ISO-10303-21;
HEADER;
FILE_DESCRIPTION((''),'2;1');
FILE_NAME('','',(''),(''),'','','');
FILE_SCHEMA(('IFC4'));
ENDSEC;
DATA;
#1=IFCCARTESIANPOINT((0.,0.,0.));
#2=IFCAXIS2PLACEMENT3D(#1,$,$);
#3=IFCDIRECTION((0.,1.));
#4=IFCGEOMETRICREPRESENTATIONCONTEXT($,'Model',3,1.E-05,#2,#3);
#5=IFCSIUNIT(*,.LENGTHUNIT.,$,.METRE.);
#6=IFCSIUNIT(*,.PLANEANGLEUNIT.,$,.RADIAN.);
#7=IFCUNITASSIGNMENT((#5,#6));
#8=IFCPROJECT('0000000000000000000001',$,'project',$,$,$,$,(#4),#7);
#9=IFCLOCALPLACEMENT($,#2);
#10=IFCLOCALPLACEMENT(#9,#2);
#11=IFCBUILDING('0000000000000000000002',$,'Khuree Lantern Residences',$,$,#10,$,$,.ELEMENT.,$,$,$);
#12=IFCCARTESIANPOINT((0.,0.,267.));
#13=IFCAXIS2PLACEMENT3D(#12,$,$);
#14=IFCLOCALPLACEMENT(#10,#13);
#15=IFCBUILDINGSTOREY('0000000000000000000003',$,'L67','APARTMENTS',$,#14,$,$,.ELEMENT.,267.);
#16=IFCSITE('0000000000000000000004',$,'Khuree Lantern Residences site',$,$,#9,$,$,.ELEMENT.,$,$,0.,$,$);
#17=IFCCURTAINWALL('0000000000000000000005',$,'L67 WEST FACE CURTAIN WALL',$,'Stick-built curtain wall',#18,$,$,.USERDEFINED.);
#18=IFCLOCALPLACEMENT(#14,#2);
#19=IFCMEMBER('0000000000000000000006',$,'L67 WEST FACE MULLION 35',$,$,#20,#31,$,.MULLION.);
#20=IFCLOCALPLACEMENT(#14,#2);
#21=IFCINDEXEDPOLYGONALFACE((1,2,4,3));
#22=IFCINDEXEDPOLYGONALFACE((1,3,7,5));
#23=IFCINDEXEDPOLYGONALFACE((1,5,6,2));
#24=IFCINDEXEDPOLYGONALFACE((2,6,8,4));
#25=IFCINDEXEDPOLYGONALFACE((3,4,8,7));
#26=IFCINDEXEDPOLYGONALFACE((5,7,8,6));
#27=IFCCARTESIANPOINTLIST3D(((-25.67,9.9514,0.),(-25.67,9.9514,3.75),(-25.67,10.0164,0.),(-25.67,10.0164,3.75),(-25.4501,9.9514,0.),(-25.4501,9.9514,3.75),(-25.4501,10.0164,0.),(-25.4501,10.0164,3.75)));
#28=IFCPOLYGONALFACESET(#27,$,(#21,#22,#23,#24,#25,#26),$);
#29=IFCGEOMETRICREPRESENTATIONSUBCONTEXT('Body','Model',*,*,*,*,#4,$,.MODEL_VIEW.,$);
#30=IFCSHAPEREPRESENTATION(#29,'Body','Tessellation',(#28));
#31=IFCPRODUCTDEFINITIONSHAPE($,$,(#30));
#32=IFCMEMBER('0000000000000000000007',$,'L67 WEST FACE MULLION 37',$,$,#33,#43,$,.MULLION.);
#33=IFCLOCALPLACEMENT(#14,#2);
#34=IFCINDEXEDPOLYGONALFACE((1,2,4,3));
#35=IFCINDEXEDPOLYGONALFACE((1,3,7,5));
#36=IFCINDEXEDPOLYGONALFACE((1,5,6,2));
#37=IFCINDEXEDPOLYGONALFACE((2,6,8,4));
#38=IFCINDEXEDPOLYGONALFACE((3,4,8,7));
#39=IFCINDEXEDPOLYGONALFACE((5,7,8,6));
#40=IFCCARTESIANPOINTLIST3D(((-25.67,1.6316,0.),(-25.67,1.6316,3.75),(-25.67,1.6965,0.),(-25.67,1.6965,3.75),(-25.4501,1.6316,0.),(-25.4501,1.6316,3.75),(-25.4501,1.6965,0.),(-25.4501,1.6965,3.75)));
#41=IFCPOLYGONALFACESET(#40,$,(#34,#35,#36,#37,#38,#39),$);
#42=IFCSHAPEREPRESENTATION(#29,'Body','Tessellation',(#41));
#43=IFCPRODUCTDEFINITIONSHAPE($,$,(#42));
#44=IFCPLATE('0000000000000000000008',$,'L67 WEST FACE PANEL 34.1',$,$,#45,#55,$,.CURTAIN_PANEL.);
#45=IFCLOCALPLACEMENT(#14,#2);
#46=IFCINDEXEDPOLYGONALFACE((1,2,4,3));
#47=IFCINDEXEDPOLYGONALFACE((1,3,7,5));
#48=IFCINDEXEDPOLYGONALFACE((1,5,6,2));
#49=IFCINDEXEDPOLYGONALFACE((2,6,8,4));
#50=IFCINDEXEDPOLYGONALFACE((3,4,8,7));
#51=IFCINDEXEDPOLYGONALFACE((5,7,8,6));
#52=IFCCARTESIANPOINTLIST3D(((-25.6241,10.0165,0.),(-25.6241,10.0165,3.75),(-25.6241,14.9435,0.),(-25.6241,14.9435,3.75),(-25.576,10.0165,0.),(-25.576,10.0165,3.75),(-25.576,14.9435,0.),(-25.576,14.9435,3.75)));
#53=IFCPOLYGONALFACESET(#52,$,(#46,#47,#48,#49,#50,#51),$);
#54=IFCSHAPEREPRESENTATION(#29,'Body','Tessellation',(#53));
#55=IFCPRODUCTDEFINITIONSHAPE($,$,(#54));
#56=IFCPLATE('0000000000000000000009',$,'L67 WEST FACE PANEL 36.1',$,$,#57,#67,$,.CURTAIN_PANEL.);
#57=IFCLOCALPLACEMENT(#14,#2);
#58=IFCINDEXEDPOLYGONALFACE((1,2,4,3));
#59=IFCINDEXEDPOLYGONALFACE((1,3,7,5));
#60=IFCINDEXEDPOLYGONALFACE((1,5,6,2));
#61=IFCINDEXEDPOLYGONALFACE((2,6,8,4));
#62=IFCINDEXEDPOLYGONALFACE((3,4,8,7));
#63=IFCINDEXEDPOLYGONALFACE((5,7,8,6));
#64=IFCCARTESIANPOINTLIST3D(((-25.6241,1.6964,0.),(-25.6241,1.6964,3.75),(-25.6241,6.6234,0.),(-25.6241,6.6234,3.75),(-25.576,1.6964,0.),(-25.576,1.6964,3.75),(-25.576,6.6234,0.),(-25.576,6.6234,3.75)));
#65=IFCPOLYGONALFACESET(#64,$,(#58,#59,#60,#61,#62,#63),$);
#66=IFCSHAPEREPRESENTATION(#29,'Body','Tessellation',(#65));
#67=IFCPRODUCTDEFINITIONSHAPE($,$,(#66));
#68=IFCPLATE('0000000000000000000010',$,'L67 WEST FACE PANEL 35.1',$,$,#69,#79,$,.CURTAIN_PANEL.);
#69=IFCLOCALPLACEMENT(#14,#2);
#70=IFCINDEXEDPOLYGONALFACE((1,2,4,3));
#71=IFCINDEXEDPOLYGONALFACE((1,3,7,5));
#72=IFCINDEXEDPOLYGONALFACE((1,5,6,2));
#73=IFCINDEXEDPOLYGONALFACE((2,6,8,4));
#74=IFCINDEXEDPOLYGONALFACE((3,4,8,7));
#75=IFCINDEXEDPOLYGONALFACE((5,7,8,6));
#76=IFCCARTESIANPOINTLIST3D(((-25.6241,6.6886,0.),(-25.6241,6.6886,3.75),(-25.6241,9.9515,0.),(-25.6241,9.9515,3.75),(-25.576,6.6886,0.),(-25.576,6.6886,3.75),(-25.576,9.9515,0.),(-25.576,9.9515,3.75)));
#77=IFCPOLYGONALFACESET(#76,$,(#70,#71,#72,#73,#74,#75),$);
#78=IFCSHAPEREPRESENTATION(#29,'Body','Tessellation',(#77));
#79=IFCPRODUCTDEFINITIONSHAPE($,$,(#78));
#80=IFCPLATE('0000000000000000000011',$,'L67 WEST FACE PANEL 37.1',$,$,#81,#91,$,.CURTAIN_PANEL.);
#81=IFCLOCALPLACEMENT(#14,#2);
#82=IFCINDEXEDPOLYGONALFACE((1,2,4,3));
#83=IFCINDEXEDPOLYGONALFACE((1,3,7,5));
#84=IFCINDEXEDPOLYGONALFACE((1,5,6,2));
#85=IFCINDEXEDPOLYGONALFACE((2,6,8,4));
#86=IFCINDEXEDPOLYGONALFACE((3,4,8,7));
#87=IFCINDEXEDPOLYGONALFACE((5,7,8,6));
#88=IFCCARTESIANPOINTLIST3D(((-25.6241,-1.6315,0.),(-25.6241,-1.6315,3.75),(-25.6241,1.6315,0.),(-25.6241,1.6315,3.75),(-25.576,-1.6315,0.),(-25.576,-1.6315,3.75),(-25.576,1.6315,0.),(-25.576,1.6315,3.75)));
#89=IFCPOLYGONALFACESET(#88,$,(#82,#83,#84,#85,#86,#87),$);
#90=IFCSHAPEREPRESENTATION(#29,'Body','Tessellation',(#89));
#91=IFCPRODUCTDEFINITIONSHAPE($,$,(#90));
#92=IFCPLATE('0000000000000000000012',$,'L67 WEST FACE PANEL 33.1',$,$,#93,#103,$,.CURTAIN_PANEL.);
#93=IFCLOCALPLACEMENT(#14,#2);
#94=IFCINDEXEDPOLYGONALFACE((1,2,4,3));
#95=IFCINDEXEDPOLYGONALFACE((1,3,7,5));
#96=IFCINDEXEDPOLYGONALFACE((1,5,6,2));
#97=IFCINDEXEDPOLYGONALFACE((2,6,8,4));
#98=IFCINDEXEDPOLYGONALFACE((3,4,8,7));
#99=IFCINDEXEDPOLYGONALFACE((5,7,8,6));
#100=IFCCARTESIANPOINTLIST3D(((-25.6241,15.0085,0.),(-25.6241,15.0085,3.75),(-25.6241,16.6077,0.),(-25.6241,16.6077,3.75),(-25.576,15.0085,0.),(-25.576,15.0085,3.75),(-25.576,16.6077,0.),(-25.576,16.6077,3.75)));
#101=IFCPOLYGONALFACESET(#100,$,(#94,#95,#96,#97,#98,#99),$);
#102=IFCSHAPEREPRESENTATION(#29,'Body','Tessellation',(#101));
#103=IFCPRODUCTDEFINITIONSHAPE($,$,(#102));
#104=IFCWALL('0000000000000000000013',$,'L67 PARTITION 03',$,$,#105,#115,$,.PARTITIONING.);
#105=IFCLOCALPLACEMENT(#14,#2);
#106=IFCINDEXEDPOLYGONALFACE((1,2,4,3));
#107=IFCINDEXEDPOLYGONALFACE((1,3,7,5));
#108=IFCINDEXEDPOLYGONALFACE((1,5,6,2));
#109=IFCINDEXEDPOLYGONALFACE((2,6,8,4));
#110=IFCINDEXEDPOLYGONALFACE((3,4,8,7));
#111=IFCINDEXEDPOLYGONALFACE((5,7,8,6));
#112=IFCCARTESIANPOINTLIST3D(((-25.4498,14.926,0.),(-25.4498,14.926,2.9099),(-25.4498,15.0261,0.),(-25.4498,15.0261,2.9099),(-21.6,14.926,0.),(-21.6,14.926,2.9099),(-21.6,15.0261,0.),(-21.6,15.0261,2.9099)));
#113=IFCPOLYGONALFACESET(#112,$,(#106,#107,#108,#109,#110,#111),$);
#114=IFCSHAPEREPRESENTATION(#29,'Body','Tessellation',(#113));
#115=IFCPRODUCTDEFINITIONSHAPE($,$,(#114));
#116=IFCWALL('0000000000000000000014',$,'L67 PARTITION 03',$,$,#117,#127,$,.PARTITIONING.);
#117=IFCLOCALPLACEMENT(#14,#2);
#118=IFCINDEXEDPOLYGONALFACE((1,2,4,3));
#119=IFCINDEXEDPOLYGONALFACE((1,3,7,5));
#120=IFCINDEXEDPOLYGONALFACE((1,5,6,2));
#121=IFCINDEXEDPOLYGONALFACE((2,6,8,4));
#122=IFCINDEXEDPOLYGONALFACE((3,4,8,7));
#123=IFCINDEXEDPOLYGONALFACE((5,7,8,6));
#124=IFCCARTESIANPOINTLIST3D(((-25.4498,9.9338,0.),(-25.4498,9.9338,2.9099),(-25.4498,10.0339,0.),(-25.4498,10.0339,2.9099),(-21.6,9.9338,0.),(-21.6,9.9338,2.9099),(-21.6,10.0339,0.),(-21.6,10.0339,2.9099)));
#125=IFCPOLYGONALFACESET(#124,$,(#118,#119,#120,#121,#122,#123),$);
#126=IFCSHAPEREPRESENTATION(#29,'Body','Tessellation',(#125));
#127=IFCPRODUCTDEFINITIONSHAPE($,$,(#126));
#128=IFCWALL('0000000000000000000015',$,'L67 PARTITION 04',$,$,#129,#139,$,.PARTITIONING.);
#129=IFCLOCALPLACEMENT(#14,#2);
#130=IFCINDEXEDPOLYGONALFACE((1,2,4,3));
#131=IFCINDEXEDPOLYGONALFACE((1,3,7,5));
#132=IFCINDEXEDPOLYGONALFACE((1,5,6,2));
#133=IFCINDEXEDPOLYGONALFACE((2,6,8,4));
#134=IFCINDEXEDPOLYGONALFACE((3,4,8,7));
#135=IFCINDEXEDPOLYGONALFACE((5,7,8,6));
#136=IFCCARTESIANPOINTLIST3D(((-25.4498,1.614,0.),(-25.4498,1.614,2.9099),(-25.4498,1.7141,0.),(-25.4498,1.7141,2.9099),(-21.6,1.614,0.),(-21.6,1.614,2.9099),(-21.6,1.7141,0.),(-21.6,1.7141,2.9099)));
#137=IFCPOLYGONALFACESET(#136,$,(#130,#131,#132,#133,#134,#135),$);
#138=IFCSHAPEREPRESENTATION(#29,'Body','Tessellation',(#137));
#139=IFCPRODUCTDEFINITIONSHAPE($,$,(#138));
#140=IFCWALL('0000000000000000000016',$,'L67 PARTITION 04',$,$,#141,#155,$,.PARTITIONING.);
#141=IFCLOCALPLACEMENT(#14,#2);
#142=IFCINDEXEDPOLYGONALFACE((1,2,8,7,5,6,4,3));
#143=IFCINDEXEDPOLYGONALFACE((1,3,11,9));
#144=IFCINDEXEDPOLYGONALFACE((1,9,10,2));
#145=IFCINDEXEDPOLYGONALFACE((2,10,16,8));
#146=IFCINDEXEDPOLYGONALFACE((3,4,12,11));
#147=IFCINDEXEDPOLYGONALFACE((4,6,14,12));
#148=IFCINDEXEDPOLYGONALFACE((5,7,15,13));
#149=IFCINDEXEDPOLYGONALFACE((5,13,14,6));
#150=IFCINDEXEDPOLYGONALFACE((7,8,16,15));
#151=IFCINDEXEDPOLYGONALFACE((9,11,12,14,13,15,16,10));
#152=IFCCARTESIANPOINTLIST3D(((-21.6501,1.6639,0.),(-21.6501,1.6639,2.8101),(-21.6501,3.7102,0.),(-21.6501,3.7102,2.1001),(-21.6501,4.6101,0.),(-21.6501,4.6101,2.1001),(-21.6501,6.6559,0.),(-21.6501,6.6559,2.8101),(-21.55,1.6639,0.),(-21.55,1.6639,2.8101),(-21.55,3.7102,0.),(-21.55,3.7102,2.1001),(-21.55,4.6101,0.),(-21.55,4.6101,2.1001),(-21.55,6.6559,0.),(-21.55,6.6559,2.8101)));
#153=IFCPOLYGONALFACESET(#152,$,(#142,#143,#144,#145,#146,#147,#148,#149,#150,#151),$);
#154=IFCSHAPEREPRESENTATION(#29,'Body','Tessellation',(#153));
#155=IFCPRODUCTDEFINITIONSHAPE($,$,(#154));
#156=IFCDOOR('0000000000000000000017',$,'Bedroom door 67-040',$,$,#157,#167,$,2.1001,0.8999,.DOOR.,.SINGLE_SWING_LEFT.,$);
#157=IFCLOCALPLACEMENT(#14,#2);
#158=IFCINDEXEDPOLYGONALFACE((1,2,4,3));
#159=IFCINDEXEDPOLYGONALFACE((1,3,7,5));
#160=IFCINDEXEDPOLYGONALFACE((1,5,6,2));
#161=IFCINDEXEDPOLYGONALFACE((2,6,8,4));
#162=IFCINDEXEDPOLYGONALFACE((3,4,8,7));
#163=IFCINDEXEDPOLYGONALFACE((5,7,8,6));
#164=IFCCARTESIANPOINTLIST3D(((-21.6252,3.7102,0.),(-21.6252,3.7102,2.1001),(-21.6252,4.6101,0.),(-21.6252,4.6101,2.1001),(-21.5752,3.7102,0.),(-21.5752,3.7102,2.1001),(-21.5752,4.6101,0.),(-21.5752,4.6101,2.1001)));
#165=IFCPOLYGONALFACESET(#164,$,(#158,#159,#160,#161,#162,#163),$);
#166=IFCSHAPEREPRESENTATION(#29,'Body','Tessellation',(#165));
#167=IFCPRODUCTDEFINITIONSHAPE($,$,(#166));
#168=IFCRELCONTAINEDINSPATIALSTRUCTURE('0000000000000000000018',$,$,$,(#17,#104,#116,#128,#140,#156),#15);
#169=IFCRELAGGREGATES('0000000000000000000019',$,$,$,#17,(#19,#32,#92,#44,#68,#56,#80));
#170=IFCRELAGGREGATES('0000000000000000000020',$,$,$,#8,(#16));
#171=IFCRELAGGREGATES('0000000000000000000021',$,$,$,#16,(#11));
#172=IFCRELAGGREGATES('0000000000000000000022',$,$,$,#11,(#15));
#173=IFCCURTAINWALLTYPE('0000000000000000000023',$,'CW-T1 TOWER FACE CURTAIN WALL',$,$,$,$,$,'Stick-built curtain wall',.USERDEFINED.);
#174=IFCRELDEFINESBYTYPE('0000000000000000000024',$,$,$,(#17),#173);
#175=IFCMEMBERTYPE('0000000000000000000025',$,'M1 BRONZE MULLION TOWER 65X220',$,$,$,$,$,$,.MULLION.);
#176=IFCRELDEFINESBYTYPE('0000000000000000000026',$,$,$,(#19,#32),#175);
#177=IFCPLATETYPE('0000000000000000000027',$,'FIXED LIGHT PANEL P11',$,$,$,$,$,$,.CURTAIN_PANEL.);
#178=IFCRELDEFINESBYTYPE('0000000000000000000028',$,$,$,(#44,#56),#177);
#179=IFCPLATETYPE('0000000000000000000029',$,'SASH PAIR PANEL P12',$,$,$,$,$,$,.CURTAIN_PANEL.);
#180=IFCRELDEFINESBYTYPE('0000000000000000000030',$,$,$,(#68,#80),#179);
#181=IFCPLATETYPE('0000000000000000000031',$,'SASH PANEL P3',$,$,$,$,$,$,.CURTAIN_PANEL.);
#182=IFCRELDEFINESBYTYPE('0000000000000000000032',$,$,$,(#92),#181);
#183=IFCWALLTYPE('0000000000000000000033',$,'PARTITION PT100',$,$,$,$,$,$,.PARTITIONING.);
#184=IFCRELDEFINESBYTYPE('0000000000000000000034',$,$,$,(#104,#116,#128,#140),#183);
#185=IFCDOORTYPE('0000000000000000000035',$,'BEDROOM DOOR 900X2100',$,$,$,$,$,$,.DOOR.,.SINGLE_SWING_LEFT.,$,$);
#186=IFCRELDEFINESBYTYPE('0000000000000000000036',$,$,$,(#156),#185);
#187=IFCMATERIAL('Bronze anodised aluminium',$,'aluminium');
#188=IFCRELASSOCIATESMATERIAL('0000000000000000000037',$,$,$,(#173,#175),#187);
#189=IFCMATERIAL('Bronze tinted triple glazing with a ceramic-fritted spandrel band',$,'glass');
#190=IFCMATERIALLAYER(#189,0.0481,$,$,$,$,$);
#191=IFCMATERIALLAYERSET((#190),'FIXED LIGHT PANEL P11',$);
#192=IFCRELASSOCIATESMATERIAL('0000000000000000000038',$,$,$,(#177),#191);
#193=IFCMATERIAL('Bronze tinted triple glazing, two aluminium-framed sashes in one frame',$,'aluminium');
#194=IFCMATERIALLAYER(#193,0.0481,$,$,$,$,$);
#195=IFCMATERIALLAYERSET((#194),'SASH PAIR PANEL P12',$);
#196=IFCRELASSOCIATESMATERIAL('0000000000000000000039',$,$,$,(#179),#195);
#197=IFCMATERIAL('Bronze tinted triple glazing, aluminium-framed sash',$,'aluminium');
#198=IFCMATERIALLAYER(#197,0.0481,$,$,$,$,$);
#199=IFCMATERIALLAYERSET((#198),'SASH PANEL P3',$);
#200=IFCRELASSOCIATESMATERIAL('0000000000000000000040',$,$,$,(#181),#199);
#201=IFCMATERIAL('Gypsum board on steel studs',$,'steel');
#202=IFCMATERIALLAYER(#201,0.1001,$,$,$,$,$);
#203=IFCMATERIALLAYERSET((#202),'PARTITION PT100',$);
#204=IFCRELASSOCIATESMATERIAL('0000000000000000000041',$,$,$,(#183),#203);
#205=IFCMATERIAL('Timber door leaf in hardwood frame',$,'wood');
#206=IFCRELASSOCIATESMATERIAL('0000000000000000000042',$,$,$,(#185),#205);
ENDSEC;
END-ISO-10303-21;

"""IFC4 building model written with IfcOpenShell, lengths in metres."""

from ifc_helpers import new_model, si_unit, direction, frame, frame_2d, origin, origin_2d, place, context, subcontext, project, spatial, rectangle, extrude, material, layer, layer_set, material_profile, profile_set, type_object, element, fill, aggregate, save


model = new_model("IFC4")

# Units and contexts
model_context = context("Model", 3, precision=1e-05, world=origin(), true_north=direction((0.0, 1.0)))
body_context = subcontext(model_context, "Body", "Model", "MODEL_VIEW")
ifc_project = project(units=[si_unit("LENGTHUNIT", "METRE"), si_unit("PLANEANGLEUNIT", "RADIAN")], contexts=[model_context])

# Site, building, storey
site_placement = place(None, origin())
site = spatial("IfcSite", under=ifc_project, at=site_placement, Name="Khuree Lantern Residences site", CompositionType="ELEMENT", RefElevation=0.0)
building_placement = place(site_placement, origin())
building = spatial("IfcBuilding", under=site, at=building_placement, Name="Khuree Lantern Residences", CompositionType="ELEMENT")
storey_placement = place(building_placement, frame((0.0, 0.0, 267.0)))
storey = spatial("IfcBuildingStorey", under=building, at=storey_placement, Name="L67", Description="APARTMENTS", CompositionType="ELEMENT", Elevation=267.0)

# Curtain wall
ifc_material_1 = material(Name="Bronze anodised aluminium", Category="aluminium")
curtain_wall_type = type_object("IfcCurtainWallType", Name="CW-T1 TOWER FACE CURTAIN WALL", ElementType="Stick-built curtain wall", PredefinedType="USERDEFINED", material=ifc_material_1)
curtain_wall_placement = place(storey_placement, origin())
curtain_wall = element("IfcCurtainWall", 1, at=curtain_wall_placement, inside=storey, type_object=curtain_wall_type, Name="L67 WEST FACE CURTAIN WALL", ObjectType="Stick-built curtain wall", PredefinedType="USERDEFINED")

# Members
ifc_material_profile_1 = material_profile(ifc_material_1, rectangle(XDim=0.0649, YDim=0.22, at=origin_2d()), Name="M1 65X220")
ifc_profile_set_1 = profile_set([ifc_material_profile_1], Name="Bronze anodised aluminium")
member_type_1 = type_object("IfcMemberType", Name="M1 BRONZE MULLION TOWER 65X220", PredefinedType="MULLION", material=ifc_profile_set_1)
member_1_placement = place(storey_placement, frame((-25.5601, 9.9839, 0.0), z_axis=(0.0, 0.0, 1.0), x_axis=(0.0, -1.0, 0.0)))
member_1 = element("IfcMember", 2, at=member_1_placement, type_object=member_type_1, Name="L67 WEST FACE MULLION 35", PredefinedType="MULLION", context=body_context, shape_type="SweptSolid", body=[
    extrude(rectangle(XDim=0.0649, YDim=0.22, at=origin_2d()), origin(), (0.0, 0.0, 1.0), 3.75),
])
member_2_placement = place(storey_placement, frame((-25.5601, 1.6641, 0.0), z_axis=(0.0, 0.0, 1.0), x_axis=(0.0, -1.0, 0.0)))
member_2 = element("IfcMember", 3, at=member_2_placement, type_object=member_type_1, Name="L67 WEST FACE MULLION 37", PredefinedType="MULLION", context=body_context, shape_type="SweptSolid", body=[
    extrude(rectangle(XDim=0.0649, YDim=0.22, at=origin_2d()), origin(), (0.0, 0.0, 1.0), 3.75),
])

# Plates
ifc_material_2 = material(Name="Bronze tinted triple glazing with a ceramic-fritted spandrel band", Category="glass")
ifc_layer_1 = layer(ifc_material_2, 0.0481)
ifc_layer_set_1 = layer_set([ifc_layer_1], Name="FIXED LIGHT PANEL P11")
plate_type_1 = type_object("IfcPlateType", Name="FIXED LIGHT PANEL P11", PredefinedType="CURTAIN_PANEL", material=ifc_layer_set_1)
plate_1_placement = place(storey_placement, frame((-25.6001, 12.48, 0.0), z_axis=(0.0, 0.0, 1.0), x_axis=(0.0, -1.0, 0.0)))
plate_1 = element("IfcPlate", 4, at=plate_1_placement, type_object=plate_type_1, Name="L67 WEST FACE PANEL 34.1", PredefinedType="CURTAIN_PANEL", context=body_context, shape_type="SweptSolid", body=[
    extrude(rectangle(XDim=4.927, YDim=0.0481, at=origin_2d()), origin(), (0.0, 0.0, 1.0), 3.75),
])
plate_2_placement = place(storey_placement, frame((-25.6001, 4.1599, 0.0), z_axis=(0.0, 0.0, 1.0), x_axis=(0.0, -1.0, 0.0)))
plate_2 = element("IfcPlate", 5, at=plate_2_placement, type_object=plate_type_1, Name="L67 WEST FACE PANEL 36.1", PredefinedType="CURTAIN_PANEL", context=body_context, shape_type="SweptSolid", body=[
    extrude(rectangle(XDim=4.927, YDim=0.0481, at=origin_2d()), origin(), (0.0, 0.0, 1.0), 3.75),
])
ifc_material_3 = material(Name="Bronze tinted triple glazing, two aluminium-framed sashes in one frame", Category="aluminium")
ifc_layer_2 = layer(ifc_material_3, 0.0481)
ifc_layer_set_2 = layer_set([ifc_layer_2], Name="SASH PAIR PANEL P12")
plate_type_2 = type_object("IfcPlateType", Name="SASH PAIR PANEL P12", PredefinedType="CURTAIN_PANEL", material=ifc_layer_set_2)
plate_3_placement = place(storey_placement, frame((-25.6001, 8.3201, 0.0), z_axis=(0.0, 0.0, 1.0), x_axis=(0.0, -1.0, 0.0)))
plate_3 = element("IfcPlate", 6, at=plate_3_placement, type_object=plate_type_2, Name="L67 WEST FACE PANEL 35.1", PredefinedType="CURTAIN_PANEL", context=body_context, shape_type="SweptSolid", body=[
    extrude(rectangle(XDim=3.2629, YDim=0.0481, at=origin_2d()), origin(), (0.0, 0.0, 1.0), 3.75),
])
plate_4_placement = place(storey_placement, frame((-25.6001, 0.0, 0.0), z_axis=(0.0, 0.0, 1.0), x_axis=(0.0, -1.0, 0.0)))
plate_4 = element("IfcPlate", 7, at=plate_4_placement, type_object=plate_type_2, Name="L67 WEST FACE PANEL 37.1", PredefinedType="CURTAIN_PANEL", context=body_context, shape_type="SweptSolid", body=[
    extrude(rectangle(XDim=3.2629, YDim=0.0481, at=origin_2d()), origin(), (0.0, 0.0, 1.0), 3.75),
])
ifc_material_4 = material(Name="Bronze tinted triple glazing, aluminium-framed sash", Category="aluminium")
ifc_layer_3 = layer(ifc_material_4, 0.0481)
ifc_layer_set_3 = layer_set([ifc_layer_3], Name="SASH PANEL P3")
plate_type_3 = type_object("IfcPlateType", Name="SASH PANEL P3", PredefinedType="CURTAIN_PANEL", material=ifc_layer_set_3)
plate_5_placement = place(storey_placement, frame((-25.6001, 15.8081, 0.0), z_axis=(0.0, 0.0, 1.0), x_axis=(0.0, -1.0, 0.0)))
plate_5 = element("IfcPlate", 8, at=plate_5_placement, type_object=plate_type_3, Name="L67 WEST FACE PANEL 33.1", PredefinedType="CURTAIN_PANEL", context=body_context, shape_type="SweptSolid", body=[
    extrude(rectangle(XDim=1.5991, YDim=0.0481, at=origin_2d()), origin(), (0.0, 0.0, 1.0), 3.75),
])
aggregate(curtain_wall, [member_1, member_2, plate_5, plate_1, plate_3, plate_2, plate_4])

# Walls
ifc_material_5 = material(Name="Gypsum board on steel studs", Category="steel")
ifc_layer_4 = layer(ifc_material_5, 0.1001)
ifc_layer_set_4 = layer_set([ifc_layer_4], Name="PARTITION PT100")
wall_type = type_object("IfcWallType", Name="PARTITION PT100", PredefinedType="PARTITIONING", material=ifc_layer_set_4)
for number, where, z_axis, x_axis, name in (
    (9, (-21.6001, 14.9761, 0.0), (0.0, 0.0, 1.0), (-1.0, 0.0, 0.0), "L67 PARTITION 03"),
    (10, (-21.6001, 9.9839, 0.0), (0.0, 0.0, 1.0), (-1.0, 0.0, 0.0), "L67 PARTITION 03"),
    (11, (-21.6001, 1.6641, 0.0), (0.0, 0.0, 1.0), (-1.0, 0.0, 0.0), "L67 PARTITION 04"),
):
    element("IfcWall", number, at=place(storey_placement, frame(where, z_axis=z_axis, x_axis=x_axis)), inside=storey, type_object=wall_type, Name=name, PredefinedType="PARTITIONING", context=body_context, shape_type="SweptSolid", body=[
        extrude(rectangle(XDim=3.8499, YDim=0.1001, at=frame_2d((1.9248, 0.0))), origin(), (0.0, 0.0, 1.0), 2.9099),
    ])

# Wall, opening, door
wall_placement = place(storey_placement, frame((-21.6001, 6.656, 0.0), z_axis=(0.0, 0.0, 1.0), x_axis=(0.0, -1.0, 0.0)))
wall = element("IfcWall", 12, at=wall_placement, inside=storey, type_object=wall_type, Name="L67 PARTITION 04", PredefinedType="PARTITIONING", context=body_context, shape_type="SweptSolid", body=[
    extrude(rectangle(XDim=4.9919, YDim=0.1001, at=frame_2d((2.4961, 0.0))), origin(), (0.0, 0.0, 1.0), 2.8101),
])
opening_placement = place(wall_placement, frame((2.0459, 0.0, 0.0)))
opening = element("IfcOpeningElement", 13, at=opening_placement, cuts=wall, PredefinedType="OPENING", context=body_context, shape_type="SweptSolid", body=[
    extrude(rectangle(XDim=0.8999, YDim=2.1001, at=frame_2d((0.45, 1.05))), frame((0.0, 0.0601, 0.0), z_axis=(0.0, -1.0, 0.0), x_axis=(1.0, 0.0, 0.0)), (0.0, 0.0, 1.0), 0.1201),
])
ifc_material_6 = material(Name="Timber door leaf in hardwood frame", Category="wood")
door_type = type_object("IfcDoorType", Name="BEDROOM DOOR 900X2100", OperationType="SINGLE_SWING_LEFT", PredefinedType="DOOR", material=ifc_material_6)
door_placement = place(opening_placement, origin())
door = element("IfcDoor", 14, at=door_placement, inside=storey, type_object=door_type, Name="Bedroom door 67-040", OperationType="SINGLE_SWING_LEFT", OverallHeight=2.1001, OverallWidth=0.8999, PredefinedType="DOOR", context=body_context, shape_type="SweptSolid", body=[
    extrude(rectangle(XDim=0.8999, YDim=2.1001, at=frame_2d((0.45, 1.05))), frame((0.0, 0.0249, 0.0), z_axis=(0.0, -1.0, 0.0), x_axis=(1.0, 0.0, 0.0)), (0.0, 0.0, 1.0), 0.05),
])
fill(opening, door)

save(model, "model.ifc")
